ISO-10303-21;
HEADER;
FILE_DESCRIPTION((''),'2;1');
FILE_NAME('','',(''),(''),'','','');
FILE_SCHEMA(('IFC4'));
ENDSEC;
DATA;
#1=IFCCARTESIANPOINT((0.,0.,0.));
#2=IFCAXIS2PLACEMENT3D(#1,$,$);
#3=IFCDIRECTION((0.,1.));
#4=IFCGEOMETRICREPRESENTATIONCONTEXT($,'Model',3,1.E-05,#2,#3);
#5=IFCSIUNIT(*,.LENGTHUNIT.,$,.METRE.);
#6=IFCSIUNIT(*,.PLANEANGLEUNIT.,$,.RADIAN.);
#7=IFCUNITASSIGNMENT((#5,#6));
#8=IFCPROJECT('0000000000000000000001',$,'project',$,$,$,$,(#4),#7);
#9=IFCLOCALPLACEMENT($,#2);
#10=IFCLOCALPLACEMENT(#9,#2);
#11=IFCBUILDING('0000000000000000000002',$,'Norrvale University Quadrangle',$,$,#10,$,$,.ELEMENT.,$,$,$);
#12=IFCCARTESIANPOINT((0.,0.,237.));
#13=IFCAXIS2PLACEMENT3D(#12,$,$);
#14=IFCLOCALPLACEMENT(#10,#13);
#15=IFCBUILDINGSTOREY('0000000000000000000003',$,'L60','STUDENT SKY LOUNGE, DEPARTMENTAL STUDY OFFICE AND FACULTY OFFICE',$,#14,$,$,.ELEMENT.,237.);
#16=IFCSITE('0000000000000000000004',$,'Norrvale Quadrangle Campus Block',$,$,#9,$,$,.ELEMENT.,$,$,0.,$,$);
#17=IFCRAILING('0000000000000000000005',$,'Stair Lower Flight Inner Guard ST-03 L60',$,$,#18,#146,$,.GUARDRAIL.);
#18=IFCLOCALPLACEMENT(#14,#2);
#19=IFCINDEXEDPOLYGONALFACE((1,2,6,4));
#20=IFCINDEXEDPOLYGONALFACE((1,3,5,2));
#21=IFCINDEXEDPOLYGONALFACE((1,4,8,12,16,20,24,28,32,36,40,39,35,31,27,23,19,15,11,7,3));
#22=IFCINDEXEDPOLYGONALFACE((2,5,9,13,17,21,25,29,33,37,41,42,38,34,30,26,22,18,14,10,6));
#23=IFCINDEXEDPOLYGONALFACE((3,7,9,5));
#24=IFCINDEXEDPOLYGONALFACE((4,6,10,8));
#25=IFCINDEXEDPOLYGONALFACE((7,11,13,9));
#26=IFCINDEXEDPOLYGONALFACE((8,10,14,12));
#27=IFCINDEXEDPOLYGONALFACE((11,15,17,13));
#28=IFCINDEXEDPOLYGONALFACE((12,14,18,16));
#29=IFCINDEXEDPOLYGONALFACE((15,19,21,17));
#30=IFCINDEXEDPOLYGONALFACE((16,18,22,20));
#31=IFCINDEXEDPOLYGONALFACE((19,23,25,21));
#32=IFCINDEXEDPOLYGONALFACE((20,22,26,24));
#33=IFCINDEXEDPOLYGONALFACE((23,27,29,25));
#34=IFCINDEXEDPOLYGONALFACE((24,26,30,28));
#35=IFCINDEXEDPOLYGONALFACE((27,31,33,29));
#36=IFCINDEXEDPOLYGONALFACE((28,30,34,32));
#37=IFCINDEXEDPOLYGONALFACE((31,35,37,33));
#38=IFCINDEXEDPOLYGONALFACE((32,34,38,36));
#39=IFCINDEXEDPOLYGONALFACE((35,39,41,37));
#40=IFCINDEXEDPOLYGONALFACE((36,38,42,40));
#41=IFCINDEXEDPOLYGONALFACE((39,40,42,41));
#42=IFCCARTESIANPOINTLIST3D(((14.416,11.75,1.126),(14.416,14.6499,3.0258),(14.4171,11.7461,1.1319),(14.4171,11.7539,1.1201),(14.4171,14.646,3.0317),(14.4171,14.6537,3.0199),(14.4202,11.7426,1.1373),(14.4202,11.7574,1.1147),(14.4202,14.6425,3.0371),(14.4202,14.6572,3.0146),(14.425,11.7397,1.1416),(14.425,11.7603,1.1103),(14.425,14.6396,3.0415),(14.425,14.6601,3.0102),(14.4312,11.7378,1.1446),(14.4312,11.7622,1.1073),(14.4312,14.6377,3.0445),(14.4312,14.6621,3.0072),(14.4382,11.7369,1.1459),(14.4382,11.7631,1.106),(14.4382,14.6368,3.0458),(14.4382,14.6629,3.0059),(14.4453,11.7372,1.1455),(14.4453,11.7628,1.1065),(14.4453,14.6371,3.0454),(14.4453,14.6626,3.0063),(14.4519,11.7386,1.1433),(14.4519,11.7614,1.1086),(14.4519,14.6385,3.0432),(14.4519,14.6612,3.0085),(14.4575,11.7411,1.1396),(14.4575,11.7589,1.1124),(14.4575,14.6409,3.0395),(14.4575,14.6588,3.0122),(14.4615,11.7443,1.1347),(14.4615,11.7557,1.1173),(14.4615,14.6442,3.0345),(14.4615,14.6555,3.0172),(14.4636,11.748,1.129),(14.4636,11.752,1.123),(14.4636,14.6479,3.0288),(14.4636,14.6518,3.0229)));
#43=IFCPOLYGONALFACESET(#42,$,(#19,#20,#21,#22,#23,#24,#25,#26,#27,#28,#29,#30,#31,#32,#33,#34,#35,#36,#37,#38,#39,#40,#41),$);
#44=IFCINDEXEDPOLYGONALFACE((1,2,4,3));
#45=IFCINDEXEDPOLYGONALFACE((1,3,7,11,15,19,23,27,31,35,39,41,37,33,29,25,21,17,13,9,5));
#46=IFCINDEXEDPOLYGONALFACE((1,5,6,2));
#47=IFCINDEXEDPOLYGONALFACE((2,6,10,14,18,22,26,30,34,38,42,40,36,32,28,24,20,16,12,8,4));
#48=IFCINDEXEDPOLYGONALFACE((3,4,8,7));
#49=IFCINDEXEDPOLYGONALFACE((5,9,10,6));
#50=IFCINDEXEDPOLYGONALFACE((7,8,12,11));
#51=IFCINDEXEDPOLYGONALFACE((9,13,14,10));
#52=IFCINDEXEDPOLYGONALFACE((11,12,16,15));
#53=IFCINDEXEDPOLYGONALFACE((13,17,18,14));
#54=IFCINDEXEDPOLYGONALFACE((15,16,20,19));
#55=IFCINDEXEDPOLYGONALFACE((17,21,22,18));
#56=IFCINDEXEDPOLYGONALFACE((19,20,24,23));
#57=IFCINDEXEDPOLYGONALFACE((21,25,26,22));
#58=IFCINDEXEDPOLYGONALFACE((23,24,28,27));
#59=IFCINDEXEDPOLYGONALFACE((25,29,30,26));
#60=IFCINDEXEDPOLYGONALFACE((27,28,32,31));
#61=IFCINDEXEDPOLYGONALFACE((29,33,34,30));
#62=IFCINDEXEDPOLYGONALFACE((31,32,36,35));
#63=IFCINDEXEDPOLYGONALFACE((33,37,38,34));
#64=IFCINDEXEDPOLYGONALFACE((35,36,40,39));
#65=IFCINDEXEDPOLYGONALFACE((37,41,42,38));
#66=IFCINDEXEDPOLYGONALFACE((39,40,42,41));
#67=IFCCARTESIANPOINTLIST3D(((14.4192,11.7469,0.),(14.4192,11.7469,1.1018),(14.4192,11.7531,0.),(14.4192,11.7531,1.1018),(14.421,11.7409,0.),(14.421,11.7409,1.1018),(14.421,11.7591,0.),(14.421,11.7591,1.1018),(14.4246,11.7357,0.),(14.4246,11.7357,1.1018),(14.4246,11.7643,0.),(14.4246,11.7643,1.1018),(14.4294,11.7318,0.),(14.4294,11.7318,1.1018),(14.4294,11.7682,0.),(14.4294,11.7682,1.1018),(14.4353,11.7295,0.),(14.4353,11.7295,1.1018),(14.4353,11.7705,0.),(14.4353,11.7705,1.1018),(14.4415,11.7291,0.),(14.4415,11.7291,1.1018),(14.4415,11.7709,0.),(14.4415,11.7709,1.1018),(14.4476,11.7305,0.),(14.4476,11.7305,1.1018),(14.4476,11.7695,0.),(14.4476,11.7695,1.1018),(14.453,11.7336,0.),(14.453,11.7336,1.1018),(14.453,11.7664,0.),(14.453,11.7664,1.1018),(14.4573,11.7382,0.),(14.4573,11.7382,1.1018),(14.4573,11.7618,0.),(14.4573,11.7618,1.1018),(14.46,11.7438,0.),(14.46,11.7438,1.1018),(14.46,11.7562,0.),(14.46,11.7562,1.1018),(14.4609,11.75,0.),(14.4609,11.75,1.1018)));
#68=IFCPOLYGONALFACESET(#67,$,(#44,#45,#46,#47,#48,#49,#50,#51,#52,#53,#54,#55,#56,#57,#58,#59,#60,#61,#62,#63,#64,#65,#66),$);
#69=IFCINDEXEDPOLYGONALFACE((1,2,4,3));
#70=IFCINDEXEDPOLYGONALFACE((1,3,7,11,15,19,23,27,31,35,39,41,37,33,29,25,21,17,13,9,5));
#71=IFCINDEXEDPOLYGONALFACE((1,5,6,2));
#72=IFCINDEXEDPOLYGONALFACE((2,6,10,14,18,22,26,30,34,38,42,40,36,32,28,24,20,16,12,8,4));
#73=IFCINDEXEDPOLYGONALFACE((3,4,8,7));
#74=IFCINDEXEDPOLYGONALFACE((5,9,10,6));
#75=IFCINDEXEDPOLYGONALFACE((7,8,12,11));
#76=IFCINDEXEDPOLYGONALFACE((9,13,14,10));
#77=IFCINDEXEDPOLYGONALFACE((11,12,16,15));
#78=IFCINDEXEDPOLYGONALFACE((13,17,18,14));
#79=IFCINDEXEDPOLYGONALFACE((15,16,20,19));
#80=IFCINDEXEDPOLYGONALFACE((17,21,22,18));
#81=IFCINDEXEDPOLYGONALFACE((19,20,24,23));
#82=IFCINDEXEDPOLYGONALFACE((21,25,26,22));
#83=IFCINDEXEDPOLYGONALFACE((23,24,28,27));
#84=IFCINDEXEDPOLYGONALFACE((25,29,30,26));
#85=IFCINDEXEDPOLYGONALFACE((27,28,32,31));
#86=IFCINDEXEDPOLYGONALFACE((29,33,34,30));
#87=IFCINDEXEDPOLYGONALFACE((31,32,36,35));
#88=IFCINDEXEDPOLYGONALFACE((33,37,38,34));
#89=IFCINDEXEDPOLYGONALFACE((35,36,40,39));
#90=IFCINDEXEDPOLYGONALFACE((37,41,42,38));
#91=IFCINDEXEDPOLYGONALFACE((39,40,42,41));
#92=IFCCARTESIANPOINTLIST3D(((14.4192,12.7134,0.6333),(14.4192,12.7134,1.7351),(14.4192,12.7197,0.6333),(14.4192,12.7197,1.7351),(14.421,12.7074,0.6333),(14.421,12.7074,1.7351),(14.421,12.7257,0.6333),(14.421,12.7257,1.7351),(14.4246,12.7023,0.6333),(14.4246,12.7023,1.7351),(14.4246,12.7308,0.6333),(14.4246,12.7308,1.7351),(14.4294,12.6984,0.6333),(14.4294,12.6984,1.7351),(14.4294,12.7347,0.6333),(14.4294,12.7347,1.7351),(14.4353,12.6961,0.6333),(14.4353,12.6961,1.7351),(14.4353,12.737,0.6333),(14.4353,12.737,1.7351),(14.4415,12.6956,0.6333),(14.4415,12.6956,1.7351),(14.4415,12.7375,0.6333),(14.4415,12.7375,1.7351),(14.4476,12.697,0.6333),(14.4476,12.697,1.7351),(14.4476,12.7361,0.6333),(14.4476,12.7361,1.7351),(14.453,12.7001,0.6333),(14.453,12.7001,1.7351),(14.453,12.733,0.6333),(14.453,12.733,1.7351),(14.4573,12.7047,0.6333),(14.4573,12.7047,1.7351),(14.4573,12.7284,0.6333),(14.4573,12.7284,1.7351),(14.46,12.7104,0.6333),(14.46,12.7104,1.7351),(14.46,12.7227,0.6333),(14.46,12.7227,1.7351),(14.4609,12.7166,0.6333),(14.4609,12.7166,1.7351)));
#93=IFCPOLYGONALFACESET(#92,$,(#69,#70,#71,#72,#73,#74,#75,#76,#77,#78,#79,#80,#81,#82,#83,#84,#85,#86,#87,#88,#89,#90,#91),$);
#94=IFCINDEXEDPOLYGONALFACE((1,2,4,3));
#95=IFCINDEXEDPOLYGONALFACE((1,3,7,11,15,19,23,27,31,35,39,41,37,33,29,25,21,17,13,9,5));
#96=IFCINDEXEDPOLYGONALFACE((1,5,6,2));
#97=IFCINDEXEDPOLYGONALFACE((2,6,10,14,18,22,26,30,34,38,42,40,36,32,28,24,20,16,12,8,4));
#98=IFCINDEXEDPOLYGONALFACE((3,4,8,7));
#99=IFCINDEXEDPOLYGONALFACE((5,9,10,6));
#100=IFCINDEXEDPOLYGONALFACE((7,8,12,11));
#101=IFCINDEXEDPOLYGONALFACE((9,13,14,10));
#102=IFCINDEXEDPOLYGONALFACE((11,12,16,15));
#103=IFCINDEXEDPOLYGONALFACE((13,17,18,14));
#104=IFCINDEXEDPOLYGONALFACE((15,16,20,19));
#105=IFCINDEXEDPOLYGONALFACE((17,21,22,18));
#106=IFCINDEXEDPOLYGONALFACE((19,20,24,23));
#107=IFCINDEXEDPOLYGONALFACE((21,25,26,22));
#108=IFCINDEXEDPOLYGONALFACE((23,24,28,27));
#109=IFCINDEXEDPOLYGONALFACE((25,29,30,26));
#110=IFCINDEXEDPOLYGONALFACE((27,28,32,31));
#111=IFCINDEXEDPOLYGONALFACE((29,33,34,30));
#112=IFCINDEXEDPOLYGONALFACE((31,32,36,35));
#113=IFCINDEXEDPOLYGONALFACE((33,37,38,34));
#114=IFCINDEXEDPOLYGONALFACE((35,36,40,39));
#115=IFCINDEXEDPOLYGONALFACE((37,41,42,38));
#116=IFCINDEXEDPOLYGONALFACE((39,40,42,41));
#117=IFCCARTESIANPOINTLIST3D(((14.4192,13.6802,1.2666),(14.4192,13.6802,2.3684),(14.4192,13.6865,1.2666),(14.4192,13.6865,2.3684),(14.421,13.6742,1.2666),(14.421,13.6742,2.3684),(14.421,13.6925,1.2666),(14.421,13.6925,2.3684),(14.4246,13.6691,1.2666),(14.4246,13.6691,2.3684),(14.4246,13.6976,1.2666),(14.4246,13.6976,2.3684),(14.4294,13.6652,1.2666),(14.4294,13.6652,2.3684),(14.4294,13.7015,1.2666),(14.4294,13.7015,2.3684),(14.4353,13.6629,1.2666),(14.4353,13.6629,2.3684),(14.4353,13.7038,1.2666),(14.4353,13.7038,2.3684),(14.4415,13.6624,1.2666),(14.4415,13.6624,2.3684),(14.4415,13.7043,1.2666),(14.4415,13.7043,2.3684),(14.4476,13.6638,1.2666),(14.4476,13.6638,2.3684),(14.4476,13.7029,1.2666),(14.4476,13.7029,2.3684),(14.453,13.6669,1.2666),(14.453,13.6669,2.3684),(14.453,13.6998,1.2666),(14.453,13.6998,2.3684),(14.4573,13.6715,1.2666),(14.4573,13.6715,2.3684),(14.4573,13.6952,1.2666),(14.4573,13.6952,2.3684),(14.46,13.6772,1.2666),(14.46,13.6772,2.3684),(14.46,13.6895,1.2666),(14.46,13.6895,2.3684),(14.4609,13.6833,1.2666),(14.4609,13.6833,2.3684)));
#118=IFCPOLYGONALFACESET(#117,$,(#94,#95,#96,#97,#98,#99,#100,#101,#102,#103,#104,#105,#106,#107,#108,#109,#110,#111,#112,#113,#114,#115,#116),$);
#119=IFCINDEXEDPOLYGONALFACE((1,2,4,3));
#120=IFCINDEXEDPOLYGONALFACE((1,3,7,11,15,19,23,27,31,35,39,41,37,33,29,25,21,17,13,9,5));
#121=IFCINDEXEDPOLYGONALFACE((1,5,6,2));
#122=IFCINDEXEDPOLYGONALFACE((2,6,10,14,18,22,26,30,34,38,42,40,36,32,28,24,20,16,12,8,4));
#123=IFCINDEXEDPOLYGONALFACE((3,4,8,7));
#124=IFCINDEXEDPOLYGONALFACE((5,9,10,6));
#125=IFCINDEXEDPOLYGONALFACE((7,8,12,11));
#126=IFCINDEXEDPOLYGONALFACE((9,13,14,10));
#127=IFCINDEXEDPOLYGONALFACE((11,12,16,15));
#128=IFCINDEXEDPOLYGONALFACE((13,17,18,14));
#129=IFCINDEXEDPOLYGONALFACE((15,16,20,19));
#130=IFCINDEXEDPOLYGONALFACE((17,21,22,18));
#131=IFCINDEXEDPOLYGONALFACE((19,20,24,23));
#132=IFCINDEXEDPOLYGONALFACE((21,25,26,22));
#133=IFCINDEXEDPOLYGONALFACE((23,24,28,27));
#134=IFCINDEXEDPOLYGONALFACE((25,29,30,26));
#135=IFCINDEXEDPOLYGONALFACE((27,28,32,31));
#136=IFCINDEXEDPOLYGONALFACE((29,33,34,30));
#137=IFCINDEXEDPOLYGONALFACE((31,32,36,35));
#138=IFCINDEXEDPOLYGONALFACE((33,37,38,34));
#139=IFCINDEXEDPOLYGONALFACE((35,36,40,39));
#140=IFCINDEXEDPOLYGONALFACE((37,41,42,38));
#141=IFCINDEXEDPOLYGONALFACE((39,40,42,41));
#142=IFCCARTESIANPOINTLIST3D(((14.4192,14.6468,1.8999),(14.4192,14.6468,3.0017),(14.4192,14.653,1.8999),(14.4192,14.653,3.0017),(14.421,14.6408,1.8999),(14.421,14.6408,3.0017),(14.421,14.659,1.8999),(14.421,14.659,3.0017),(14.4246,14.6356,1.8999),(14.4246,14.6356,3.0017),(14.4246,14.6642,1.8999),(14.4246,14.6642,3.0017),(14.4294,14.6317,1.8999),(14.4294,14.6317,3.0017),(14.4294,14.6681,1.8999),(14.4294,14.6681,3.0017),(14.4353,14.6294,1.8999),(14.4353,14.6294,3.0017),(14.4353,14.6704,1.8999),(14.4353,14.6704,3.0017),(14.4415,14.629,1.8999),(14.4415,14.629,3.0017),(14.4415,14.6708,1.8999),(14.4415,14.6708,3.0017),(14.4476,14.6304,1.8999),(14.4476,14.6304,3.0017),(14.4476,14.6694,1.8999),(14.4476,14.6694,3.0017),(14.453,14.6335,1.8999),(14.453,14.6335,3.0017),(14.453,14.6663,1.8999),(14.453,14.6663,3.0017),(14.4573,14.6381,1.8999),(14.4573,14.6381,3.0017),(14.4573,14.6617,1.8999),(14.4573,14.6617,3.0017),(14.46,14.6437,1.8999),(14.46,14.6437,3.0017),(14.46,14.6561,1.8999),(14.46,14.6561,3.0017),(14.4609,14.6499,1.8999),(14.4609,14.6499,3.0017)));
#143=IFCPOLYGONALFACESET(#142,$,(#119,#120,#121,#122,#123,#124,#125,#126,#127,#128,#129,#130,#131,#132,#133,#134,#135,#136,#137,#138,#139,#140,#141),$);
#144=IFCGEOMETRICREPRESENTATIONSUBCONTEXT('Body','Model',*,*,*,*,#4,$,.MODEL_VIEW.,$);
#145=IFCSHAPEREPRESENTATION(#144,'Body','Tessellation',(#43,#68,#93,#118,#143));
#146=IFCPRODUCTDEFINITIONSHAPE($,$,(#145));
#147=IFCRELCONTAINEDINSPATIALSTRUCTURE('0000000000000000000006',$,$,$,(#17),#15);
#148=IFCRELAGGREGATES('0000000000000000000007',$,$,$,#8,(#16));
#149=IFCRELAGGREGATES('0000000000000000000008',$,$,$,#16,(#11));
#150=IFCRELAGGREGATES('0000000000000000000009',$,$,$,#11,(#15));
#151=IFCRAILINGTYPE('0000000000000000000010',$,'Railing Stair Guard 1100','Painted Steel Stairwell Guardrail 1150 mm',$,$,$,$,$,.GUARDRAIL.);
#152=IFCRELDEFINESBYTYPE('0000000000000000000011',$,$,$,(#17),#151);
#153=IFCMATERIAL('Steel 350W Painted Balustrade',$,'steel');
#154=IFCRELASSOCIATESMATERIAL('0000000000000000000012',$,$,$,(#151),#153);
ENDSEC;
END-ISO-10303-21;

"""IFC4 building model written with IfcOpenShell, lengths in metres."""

from ifc_helpers import new_model, si_unit, direction, frame, origin, origin_2d, place, context, subcontext, project, spatial, circle, extrude, material, type_object, element, save


model = new_model("IFC4")

# Units and contexts
model_context = context("Model", 3, precision=1e-05, world=origin(), true_north=direction((0.0, 1.0)))
body_context = subcontext(model_context, "Body", "Model", "MODEL_VIEW")
ifc_project = project(units=[si_unit("LENGTHUNIT", "METRE"), si_unit("PLANEANGLEUNIT", "RADIAN")], contexts=[model_context])

# Site, building, storey
site_placement = place(None, origin())
site = spatial("IfcSite", under=ifc_project, at=site_placement, Name="Norrvale Quadrangle Campus Block", CompositionType="ELEMENT", RefElevation=0.0)
building_placement = place(site_placement, origin())
building = spatial("IfcBuilding", under=site, at=building_placement, Name="Norrvale University Quadrangle", CompositionType="ELEMENT")
storey_placement = place(building_placement, frame((0.0, 0.0, 237.0)))
storey = spatial("IfcBuildingStorey", under=building, at=storey_placement, Name="L60", Description="STUDENT SKY LOUNGE, DEPARTMENTAL STUDY OFFICE AND FACULTY OFFICE", CompositionType="ELEMENT", Elevation=237.0)

# Railing
ifc_material_1 = material(Name="Steel 350W Painted Balustrade", Category="steel")
railing_type_1 = type_object("IfcRailingType", Name="Railing Stair Guard 1100", Description="Painted Steel Stairwell Guardrail 1150 mm", PredefinedType="GUARDRAIL", material=ifc_material_1)
railing_1_placement = place(storey_placement, frame((14.4399, 11.75, 0.0)))
element("IfcRailing", 1, at=railing_1_placement, inside=storey, type_object=railing_type_1, Name="Stair Lower Flight Inner Guard ST-03 L60", PredefinedType="GUARDRAIL", context=body_context, shape_type="SweptSolid", body=[
    extrude(circle(Radius=0.0239, at=origin_2d()), frame((0.0, 0.0, 1.126), z_axis=(0.0, 0.836466, 0.548019), x_axis=(-1.0, 0.0, 0.0)), (0.0, 0.0, 1.0), 3.4668),
    extrude(circle(Radius=0.021, at=origin_2d()), origin(), (0.0, 0.0, 1.0), 1.1018),
    extrude(circle(Radius=0.021, at=origin_2d()), frame((0.0, 0.9666, 0.6333)), (0.0, 0.0, 1.0), 1.1018),
    extrude(circle(Radius=0.021, at=origin_2d()), frame((0.0, 1.9333, 1.2666)), (0.0, 0.0, 1.0), 1.1018),
    extrude(circle(Radius=0.021, at=origin_2d()), frame((0.0, 2.8999, 1.8999)), (0.0, 0.0, 1.0), 1.1018),
])

save(model, "model.ifc")
